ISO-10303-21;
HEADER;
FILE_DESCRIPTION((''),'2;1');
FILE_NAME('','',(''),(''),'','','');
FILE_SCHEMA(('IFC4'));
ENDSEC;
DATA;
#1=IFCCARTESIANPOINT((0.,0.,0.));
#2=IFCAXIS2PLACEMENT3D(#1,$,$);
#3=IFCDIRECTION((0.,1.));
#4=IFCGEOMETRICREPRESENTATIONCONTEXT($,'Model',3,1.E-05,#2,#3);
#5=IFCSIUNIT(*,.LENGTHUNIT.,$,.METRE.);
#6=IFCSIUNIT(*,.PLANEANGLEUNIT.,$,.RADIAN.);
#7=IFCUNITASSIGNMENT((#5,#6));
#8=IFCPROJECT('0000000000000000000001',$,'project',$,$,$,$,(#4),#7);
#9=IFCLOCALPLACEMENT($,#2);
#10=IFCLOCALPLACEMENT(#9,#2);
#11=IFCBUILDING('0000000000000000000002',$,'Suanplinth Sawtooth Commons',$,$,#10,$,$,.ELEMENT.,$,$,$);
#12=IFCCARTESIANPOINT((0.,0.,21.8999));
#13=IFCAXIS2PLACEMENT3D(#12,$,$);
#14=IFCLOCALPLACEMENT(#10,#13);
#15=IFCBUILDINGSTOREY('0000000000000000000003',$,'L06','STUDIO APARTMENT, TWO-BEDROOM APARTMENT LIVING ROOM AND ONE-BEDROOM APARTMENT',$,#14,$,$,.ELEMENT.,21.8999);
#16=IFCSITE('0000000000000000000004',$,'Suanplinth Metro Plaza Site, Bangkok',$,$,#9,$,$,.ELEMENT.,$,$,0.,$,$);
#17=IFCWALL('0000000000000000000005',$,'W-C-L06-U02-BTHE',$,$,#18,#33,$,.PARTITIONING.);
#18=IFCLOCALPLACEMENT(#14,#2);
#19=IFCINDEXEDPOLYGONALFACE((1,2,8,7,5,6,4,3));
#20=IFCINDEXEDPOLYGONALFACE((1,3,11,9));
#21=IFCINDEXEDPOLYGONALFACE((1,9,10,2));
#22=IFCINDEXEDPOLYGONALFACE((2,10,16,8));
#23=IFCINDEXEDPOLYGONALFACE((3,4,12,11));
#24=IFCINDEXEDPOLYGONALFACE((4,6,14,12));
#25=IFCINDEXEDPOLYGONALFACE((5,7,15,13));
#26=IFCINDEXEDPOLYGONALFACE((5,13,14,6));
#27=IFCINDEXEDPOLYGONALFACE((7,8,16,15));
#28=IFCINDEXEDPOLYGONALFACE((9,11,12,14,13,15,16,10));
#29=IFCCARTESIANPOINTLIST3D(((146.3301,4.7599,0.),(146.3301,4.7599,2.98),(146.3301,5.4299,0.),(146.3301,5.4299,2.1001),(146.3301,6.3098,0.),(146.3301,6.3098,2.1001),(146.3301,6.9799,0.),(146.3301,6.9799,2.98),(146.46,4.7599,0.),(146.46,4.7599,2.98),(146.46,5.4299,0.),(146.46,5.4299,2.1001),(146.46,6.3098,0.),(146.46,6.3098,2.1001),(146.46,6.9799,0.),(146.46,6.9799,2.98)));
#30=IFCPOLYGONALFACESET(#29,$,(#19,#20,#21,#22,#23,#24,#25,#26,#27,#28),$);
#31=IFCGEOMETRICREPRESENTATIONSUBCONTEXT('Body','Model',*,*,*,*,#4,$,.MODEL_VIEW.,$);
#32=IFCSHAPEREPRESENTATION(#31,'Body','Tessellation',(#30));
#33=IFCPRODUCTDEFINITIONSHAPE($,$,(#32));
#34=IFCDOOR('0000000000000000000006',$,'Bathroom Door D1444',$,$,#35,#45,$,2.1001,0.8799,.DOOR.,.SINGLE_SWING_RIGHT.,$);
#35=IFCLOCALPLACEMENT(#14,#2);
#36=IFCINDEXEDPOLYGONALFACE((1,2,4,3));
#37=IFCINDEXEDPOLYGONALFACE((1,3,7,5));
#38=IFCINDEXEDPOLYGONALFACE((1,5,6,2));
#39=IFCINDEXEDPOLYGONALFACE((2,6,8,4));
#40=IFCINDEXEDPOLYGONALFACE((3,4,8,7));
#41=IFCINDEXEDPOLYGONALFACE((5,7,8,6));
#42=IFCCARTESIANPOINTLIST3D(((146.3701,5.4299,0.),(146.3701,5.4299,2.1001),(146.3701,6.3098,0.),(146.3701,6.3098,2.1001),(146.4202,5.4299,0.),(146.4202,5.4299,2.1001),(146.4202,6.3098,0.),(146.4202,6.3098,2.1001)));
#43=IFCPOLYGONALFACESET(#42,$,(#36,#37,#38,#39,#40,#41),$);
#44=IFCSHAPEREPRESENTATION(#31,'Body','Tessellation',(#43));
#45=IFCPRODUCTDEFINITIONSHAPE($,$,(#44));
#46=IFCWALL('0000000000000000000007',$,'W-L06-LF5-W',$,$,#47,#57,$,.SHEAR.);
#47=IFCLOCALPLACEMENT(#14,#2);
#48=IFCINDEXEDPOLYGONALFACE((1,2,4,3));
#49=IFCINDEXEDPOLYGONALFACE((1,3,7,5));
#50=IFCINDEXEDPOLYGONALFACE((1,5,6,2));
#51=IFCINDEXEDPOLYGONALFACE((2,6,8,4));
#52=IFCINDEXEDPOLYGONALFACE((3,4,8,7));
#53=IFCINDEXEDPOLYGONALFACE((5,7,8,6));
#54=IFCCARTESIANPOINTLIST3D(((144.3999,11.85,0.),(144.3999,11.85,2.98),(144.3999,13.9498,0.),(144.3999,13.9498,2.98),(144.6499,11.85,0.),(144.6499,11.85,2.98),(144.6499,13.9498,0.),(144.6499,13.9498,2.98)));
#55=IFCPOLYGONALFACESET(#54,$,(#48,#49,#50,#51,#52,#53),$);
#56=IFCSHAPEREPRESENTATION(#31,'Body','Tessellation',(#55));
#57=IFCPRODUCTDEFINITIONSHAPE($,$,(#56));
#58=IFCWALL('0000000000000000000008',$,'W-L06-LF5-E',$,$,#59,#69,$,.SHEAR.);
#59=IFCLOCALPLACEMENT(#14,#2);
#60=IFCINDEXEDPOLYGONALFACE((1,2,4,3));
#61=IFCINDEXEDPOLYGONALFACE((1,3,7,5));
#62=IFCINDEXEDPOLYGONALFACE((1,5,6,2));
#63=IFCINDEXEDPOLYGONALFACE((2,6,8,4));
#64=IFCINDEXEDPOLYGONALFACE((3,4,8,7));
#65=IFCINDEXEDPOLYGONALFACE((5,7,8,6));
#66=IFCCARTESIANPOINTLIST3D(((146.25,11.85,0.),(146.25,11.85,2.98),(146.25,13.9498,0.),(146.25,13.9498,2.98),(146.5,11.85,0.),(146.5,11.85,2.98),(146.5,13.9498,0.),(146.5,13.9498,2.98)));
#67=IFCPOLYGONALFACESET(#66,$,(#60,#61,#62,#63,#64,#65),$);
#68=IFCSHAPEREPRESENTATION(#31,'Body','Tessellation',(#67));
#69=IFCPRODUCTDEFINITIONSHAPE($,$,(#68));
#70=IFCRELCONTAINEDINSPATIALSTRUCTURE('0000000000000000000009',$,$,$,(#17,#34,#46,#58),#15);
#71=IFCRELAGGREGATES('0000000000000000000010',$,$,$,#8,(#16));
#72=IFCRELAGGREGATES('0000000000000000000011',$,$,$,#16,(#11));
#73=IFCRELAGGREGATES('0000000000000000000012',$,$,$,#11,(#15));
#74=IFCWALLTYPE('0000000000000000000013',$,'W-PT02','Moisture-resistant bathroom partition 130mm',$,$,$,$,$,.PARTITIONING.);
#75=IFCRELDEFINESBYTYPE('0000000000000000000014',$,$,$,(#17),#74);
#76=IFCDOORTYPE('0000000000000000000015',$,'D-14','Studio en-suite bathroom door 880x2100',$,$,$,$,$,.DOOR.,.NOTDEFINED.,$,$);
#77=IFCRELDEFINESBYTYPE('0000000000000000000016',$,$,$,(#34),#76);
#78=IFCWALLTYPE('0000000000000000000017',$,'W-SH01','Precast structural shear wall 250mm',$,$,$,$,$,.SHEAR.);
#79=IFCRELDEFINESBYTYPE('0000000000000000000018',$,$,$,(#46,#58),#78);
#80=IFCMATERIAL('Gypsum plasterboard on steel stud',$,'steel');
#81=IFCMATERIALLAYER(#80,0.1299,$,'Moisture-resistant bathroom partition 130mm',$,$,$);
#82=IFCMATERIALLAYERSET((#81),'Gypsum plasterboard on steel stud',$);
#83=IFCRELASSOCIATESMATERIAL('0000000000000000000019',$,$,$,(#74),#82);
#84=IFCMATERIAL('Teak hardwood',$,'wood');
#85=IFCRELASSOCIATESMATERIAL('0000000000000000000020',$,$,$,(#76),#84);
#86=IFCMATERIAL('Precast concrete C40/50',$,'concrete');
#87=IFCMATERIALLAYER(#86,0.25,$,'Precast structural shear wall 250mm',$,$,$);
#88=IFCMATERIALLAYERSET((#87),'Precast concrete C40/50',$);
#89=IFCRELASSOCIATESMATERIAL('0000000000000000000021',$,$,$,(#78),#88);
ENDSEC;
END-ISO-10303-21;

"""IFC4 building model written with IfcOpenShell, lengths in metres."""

from ifc_helpers import new_model, si_unit, direction, frame, frame_2d, origin, place, context, subcontext, project, spatial, rectangle, extrude, material, layer, layer_set, type_object, element, fill, save


model = new_model("IFC4")

# Units and contexts
model_context = context("Model", 3, precision=1e-05, world=origin(), true_north=direction((0.0, 1.0)))
body_context = subcontext(model_context, "Body", "Model", "MODEL_VIEW")
ifc_project = project(units=[si_unit("LENGTHUNIT", "METRE"), si_unit("PLANEANGLEUNIT", "RADIAN")], contexts=[model_context])

# Site, building, storey
site_placement = place(None, origin())
site = spatial("IfcSite", under=ifc_project, at=site_placement, Name="Suanplinth Metro Plaza Site, Bangkok", CompositionType="ELEMENT", RefElevation=0.0)
building_placement = place(site_placement, origin())
building = spatial("IfcBuilding", under=site, at=building_placement, Name="Suanplinth Sawtooth Commons", CompositionType="ELEMENT")
storey_placement = place(building_placement, frame((0.0, 0.0, 21.8999)))
storey = spatial("IfcBuildingStorey", under=building, at=storey_placement, Name="L06", Description="STUDIO APARTMENT, TWO-BEDROOM APARTMENT LIVING ROOM AND ONE-BEDROOM APARTMENT", CompositionType="ELEMENT", Elevation=21.8999)

# Wall, opening, door
ifc_material_1 = material(Name="Precast concrete C40/50", Category="concrete")
ifc_material_2 = material(Name="Gypsum plasterboard on steel stud", Category="steel")
ifc_material_3 = material(Name="Teak hardwood", Category="wood")
ifc_layer_1 = layer(ifc_material_2, 0.1299, Name="Moisture-resistant bathroom partition 130mm")
ifc_layer_set_1 = layer_set([ifc_layer_1], Name="Gypsum plasterboard on steel stud")
wall_type_1 = type_object("IfcWallType", Name="W-PT02", Description="Moisture-resistant bathroom partition 130mm", PredefinedType="PARTITIONING", material=ifc_layer_set_1)
wall_1_placement = place(storey_placement, frame((146.395, 4.76, 0.0), z_axis=(0.0, 0.0, 1.0), x_axis=(0.0, 1.0, 0.0)))
wall_1 = element("IfcWall", 1, at=wall_1_placement, inside=storey, type_object=wall_type_1, Name="W-C-L06-U02-BTHE", PredefinedType="PARTITIONING", context=body_context, shape_type="SweptSolid", body=[
    extrude(rectangle(XDim=2.22, YDim=0.1299, at=frame_2d((1.1099, 0.0))), origin(), (0.0, 0.0, 1.0), 2.98),
])
opening_1_placement = place(wall_1_placement, frame((0.6699, 0.0, 0.0)))
opening_1 = element("IfcOpeningElement", 2, at=opening_1_placement, cuts=wall_1, PredefinedType="OPENING", context=body_context, shape_type="SweptSolid", body=[
    extrude(rectangle(XDim=0.8799, YDim=2.1001, at=frame_2d((0.4399, 1.05))), frame((0.0, 0.0798, 0.0), z_axis=(0.0, -1.0, 0.0), x_axis=(1.0, 0.0, 0.0)), (0.0, 0.0, 1.0), 0.1597),
])
door_type_1 = type_object("IfcDoorType", Name="D-14", Description="Studio en-suite bathroom door 880x2100", OperationType="NOTDEFINED", PredefinedType="DOOR", material=ifc_material_3)
door_1_placement = place(opening_1_placement, origin())
door_1 = element("IfcDoor", 3, at=door_1_placement, inside=storey, type_object=door_type_1, Name="Bathroom Door D1444", OperationType="SINGLE_SWING_RIGHT", OverallHeight=2.1001, OverallWidth=0.8799, PredefinedType="DOOR", context=body_context, shape_type="SweptSolid", body=[
    extrude(rectangle(XDim=0.8799, YDim=2.1001, at=frame_2d((0.4399, 1.05))), frame((0.0, 0.0249, 0.0), z_axis=(0.0, -1.0, 0.0), x_axis=(1.0, 0.0, 0.0)), (0.0, 0.0, 1.0), 0.05),
])
fill(opening_1, door_1)

# Walls
ifc_layer_2 = layer(ifc_material_1, 0.25, Name="Precast structural shear wall 250mm")
ifc_layer_set_2 = layer_set([ifc_layer_2], Name="Precast concrete C40/50")
wall_type_2 = type_object("IfcWallType", Name="W-SH01", Description="Precast structural shear wall 250mm", PredefinedType="SHEAR", material=ifc_layer_set_2)
for number, where, z_axis, x_axis, name in (
    (4, (144.5249, 11.8501, 0.0), (0.0, 0.0, 1.0), (0.0, 1.0, 0.0), "W-L06-LF5-W"),
    (5, (146.375, 11.8501, 0.0), (0.0, 0.0, 1.0), (0.0, 1.0, 0.0), "W-L06-LF5-E"),
):
    element("IfcWall", number, at=place(storey_placement, frame(where, z_axis=z_axis, x_axis=x_axis)), inside=storey, type_object=wall_type_2, Name=name, PredefinedType="SHEAR", context=body_context, shape_type="SweptSolid", body=[
        extrude(rectangle(XDim=2.0999, YDim=0.25, at=frame_2d((1.0498, 0.0))), origin(), (0.0, 0.0, 1.0), 2.98),
    ])

save(model, "model.ifc")
